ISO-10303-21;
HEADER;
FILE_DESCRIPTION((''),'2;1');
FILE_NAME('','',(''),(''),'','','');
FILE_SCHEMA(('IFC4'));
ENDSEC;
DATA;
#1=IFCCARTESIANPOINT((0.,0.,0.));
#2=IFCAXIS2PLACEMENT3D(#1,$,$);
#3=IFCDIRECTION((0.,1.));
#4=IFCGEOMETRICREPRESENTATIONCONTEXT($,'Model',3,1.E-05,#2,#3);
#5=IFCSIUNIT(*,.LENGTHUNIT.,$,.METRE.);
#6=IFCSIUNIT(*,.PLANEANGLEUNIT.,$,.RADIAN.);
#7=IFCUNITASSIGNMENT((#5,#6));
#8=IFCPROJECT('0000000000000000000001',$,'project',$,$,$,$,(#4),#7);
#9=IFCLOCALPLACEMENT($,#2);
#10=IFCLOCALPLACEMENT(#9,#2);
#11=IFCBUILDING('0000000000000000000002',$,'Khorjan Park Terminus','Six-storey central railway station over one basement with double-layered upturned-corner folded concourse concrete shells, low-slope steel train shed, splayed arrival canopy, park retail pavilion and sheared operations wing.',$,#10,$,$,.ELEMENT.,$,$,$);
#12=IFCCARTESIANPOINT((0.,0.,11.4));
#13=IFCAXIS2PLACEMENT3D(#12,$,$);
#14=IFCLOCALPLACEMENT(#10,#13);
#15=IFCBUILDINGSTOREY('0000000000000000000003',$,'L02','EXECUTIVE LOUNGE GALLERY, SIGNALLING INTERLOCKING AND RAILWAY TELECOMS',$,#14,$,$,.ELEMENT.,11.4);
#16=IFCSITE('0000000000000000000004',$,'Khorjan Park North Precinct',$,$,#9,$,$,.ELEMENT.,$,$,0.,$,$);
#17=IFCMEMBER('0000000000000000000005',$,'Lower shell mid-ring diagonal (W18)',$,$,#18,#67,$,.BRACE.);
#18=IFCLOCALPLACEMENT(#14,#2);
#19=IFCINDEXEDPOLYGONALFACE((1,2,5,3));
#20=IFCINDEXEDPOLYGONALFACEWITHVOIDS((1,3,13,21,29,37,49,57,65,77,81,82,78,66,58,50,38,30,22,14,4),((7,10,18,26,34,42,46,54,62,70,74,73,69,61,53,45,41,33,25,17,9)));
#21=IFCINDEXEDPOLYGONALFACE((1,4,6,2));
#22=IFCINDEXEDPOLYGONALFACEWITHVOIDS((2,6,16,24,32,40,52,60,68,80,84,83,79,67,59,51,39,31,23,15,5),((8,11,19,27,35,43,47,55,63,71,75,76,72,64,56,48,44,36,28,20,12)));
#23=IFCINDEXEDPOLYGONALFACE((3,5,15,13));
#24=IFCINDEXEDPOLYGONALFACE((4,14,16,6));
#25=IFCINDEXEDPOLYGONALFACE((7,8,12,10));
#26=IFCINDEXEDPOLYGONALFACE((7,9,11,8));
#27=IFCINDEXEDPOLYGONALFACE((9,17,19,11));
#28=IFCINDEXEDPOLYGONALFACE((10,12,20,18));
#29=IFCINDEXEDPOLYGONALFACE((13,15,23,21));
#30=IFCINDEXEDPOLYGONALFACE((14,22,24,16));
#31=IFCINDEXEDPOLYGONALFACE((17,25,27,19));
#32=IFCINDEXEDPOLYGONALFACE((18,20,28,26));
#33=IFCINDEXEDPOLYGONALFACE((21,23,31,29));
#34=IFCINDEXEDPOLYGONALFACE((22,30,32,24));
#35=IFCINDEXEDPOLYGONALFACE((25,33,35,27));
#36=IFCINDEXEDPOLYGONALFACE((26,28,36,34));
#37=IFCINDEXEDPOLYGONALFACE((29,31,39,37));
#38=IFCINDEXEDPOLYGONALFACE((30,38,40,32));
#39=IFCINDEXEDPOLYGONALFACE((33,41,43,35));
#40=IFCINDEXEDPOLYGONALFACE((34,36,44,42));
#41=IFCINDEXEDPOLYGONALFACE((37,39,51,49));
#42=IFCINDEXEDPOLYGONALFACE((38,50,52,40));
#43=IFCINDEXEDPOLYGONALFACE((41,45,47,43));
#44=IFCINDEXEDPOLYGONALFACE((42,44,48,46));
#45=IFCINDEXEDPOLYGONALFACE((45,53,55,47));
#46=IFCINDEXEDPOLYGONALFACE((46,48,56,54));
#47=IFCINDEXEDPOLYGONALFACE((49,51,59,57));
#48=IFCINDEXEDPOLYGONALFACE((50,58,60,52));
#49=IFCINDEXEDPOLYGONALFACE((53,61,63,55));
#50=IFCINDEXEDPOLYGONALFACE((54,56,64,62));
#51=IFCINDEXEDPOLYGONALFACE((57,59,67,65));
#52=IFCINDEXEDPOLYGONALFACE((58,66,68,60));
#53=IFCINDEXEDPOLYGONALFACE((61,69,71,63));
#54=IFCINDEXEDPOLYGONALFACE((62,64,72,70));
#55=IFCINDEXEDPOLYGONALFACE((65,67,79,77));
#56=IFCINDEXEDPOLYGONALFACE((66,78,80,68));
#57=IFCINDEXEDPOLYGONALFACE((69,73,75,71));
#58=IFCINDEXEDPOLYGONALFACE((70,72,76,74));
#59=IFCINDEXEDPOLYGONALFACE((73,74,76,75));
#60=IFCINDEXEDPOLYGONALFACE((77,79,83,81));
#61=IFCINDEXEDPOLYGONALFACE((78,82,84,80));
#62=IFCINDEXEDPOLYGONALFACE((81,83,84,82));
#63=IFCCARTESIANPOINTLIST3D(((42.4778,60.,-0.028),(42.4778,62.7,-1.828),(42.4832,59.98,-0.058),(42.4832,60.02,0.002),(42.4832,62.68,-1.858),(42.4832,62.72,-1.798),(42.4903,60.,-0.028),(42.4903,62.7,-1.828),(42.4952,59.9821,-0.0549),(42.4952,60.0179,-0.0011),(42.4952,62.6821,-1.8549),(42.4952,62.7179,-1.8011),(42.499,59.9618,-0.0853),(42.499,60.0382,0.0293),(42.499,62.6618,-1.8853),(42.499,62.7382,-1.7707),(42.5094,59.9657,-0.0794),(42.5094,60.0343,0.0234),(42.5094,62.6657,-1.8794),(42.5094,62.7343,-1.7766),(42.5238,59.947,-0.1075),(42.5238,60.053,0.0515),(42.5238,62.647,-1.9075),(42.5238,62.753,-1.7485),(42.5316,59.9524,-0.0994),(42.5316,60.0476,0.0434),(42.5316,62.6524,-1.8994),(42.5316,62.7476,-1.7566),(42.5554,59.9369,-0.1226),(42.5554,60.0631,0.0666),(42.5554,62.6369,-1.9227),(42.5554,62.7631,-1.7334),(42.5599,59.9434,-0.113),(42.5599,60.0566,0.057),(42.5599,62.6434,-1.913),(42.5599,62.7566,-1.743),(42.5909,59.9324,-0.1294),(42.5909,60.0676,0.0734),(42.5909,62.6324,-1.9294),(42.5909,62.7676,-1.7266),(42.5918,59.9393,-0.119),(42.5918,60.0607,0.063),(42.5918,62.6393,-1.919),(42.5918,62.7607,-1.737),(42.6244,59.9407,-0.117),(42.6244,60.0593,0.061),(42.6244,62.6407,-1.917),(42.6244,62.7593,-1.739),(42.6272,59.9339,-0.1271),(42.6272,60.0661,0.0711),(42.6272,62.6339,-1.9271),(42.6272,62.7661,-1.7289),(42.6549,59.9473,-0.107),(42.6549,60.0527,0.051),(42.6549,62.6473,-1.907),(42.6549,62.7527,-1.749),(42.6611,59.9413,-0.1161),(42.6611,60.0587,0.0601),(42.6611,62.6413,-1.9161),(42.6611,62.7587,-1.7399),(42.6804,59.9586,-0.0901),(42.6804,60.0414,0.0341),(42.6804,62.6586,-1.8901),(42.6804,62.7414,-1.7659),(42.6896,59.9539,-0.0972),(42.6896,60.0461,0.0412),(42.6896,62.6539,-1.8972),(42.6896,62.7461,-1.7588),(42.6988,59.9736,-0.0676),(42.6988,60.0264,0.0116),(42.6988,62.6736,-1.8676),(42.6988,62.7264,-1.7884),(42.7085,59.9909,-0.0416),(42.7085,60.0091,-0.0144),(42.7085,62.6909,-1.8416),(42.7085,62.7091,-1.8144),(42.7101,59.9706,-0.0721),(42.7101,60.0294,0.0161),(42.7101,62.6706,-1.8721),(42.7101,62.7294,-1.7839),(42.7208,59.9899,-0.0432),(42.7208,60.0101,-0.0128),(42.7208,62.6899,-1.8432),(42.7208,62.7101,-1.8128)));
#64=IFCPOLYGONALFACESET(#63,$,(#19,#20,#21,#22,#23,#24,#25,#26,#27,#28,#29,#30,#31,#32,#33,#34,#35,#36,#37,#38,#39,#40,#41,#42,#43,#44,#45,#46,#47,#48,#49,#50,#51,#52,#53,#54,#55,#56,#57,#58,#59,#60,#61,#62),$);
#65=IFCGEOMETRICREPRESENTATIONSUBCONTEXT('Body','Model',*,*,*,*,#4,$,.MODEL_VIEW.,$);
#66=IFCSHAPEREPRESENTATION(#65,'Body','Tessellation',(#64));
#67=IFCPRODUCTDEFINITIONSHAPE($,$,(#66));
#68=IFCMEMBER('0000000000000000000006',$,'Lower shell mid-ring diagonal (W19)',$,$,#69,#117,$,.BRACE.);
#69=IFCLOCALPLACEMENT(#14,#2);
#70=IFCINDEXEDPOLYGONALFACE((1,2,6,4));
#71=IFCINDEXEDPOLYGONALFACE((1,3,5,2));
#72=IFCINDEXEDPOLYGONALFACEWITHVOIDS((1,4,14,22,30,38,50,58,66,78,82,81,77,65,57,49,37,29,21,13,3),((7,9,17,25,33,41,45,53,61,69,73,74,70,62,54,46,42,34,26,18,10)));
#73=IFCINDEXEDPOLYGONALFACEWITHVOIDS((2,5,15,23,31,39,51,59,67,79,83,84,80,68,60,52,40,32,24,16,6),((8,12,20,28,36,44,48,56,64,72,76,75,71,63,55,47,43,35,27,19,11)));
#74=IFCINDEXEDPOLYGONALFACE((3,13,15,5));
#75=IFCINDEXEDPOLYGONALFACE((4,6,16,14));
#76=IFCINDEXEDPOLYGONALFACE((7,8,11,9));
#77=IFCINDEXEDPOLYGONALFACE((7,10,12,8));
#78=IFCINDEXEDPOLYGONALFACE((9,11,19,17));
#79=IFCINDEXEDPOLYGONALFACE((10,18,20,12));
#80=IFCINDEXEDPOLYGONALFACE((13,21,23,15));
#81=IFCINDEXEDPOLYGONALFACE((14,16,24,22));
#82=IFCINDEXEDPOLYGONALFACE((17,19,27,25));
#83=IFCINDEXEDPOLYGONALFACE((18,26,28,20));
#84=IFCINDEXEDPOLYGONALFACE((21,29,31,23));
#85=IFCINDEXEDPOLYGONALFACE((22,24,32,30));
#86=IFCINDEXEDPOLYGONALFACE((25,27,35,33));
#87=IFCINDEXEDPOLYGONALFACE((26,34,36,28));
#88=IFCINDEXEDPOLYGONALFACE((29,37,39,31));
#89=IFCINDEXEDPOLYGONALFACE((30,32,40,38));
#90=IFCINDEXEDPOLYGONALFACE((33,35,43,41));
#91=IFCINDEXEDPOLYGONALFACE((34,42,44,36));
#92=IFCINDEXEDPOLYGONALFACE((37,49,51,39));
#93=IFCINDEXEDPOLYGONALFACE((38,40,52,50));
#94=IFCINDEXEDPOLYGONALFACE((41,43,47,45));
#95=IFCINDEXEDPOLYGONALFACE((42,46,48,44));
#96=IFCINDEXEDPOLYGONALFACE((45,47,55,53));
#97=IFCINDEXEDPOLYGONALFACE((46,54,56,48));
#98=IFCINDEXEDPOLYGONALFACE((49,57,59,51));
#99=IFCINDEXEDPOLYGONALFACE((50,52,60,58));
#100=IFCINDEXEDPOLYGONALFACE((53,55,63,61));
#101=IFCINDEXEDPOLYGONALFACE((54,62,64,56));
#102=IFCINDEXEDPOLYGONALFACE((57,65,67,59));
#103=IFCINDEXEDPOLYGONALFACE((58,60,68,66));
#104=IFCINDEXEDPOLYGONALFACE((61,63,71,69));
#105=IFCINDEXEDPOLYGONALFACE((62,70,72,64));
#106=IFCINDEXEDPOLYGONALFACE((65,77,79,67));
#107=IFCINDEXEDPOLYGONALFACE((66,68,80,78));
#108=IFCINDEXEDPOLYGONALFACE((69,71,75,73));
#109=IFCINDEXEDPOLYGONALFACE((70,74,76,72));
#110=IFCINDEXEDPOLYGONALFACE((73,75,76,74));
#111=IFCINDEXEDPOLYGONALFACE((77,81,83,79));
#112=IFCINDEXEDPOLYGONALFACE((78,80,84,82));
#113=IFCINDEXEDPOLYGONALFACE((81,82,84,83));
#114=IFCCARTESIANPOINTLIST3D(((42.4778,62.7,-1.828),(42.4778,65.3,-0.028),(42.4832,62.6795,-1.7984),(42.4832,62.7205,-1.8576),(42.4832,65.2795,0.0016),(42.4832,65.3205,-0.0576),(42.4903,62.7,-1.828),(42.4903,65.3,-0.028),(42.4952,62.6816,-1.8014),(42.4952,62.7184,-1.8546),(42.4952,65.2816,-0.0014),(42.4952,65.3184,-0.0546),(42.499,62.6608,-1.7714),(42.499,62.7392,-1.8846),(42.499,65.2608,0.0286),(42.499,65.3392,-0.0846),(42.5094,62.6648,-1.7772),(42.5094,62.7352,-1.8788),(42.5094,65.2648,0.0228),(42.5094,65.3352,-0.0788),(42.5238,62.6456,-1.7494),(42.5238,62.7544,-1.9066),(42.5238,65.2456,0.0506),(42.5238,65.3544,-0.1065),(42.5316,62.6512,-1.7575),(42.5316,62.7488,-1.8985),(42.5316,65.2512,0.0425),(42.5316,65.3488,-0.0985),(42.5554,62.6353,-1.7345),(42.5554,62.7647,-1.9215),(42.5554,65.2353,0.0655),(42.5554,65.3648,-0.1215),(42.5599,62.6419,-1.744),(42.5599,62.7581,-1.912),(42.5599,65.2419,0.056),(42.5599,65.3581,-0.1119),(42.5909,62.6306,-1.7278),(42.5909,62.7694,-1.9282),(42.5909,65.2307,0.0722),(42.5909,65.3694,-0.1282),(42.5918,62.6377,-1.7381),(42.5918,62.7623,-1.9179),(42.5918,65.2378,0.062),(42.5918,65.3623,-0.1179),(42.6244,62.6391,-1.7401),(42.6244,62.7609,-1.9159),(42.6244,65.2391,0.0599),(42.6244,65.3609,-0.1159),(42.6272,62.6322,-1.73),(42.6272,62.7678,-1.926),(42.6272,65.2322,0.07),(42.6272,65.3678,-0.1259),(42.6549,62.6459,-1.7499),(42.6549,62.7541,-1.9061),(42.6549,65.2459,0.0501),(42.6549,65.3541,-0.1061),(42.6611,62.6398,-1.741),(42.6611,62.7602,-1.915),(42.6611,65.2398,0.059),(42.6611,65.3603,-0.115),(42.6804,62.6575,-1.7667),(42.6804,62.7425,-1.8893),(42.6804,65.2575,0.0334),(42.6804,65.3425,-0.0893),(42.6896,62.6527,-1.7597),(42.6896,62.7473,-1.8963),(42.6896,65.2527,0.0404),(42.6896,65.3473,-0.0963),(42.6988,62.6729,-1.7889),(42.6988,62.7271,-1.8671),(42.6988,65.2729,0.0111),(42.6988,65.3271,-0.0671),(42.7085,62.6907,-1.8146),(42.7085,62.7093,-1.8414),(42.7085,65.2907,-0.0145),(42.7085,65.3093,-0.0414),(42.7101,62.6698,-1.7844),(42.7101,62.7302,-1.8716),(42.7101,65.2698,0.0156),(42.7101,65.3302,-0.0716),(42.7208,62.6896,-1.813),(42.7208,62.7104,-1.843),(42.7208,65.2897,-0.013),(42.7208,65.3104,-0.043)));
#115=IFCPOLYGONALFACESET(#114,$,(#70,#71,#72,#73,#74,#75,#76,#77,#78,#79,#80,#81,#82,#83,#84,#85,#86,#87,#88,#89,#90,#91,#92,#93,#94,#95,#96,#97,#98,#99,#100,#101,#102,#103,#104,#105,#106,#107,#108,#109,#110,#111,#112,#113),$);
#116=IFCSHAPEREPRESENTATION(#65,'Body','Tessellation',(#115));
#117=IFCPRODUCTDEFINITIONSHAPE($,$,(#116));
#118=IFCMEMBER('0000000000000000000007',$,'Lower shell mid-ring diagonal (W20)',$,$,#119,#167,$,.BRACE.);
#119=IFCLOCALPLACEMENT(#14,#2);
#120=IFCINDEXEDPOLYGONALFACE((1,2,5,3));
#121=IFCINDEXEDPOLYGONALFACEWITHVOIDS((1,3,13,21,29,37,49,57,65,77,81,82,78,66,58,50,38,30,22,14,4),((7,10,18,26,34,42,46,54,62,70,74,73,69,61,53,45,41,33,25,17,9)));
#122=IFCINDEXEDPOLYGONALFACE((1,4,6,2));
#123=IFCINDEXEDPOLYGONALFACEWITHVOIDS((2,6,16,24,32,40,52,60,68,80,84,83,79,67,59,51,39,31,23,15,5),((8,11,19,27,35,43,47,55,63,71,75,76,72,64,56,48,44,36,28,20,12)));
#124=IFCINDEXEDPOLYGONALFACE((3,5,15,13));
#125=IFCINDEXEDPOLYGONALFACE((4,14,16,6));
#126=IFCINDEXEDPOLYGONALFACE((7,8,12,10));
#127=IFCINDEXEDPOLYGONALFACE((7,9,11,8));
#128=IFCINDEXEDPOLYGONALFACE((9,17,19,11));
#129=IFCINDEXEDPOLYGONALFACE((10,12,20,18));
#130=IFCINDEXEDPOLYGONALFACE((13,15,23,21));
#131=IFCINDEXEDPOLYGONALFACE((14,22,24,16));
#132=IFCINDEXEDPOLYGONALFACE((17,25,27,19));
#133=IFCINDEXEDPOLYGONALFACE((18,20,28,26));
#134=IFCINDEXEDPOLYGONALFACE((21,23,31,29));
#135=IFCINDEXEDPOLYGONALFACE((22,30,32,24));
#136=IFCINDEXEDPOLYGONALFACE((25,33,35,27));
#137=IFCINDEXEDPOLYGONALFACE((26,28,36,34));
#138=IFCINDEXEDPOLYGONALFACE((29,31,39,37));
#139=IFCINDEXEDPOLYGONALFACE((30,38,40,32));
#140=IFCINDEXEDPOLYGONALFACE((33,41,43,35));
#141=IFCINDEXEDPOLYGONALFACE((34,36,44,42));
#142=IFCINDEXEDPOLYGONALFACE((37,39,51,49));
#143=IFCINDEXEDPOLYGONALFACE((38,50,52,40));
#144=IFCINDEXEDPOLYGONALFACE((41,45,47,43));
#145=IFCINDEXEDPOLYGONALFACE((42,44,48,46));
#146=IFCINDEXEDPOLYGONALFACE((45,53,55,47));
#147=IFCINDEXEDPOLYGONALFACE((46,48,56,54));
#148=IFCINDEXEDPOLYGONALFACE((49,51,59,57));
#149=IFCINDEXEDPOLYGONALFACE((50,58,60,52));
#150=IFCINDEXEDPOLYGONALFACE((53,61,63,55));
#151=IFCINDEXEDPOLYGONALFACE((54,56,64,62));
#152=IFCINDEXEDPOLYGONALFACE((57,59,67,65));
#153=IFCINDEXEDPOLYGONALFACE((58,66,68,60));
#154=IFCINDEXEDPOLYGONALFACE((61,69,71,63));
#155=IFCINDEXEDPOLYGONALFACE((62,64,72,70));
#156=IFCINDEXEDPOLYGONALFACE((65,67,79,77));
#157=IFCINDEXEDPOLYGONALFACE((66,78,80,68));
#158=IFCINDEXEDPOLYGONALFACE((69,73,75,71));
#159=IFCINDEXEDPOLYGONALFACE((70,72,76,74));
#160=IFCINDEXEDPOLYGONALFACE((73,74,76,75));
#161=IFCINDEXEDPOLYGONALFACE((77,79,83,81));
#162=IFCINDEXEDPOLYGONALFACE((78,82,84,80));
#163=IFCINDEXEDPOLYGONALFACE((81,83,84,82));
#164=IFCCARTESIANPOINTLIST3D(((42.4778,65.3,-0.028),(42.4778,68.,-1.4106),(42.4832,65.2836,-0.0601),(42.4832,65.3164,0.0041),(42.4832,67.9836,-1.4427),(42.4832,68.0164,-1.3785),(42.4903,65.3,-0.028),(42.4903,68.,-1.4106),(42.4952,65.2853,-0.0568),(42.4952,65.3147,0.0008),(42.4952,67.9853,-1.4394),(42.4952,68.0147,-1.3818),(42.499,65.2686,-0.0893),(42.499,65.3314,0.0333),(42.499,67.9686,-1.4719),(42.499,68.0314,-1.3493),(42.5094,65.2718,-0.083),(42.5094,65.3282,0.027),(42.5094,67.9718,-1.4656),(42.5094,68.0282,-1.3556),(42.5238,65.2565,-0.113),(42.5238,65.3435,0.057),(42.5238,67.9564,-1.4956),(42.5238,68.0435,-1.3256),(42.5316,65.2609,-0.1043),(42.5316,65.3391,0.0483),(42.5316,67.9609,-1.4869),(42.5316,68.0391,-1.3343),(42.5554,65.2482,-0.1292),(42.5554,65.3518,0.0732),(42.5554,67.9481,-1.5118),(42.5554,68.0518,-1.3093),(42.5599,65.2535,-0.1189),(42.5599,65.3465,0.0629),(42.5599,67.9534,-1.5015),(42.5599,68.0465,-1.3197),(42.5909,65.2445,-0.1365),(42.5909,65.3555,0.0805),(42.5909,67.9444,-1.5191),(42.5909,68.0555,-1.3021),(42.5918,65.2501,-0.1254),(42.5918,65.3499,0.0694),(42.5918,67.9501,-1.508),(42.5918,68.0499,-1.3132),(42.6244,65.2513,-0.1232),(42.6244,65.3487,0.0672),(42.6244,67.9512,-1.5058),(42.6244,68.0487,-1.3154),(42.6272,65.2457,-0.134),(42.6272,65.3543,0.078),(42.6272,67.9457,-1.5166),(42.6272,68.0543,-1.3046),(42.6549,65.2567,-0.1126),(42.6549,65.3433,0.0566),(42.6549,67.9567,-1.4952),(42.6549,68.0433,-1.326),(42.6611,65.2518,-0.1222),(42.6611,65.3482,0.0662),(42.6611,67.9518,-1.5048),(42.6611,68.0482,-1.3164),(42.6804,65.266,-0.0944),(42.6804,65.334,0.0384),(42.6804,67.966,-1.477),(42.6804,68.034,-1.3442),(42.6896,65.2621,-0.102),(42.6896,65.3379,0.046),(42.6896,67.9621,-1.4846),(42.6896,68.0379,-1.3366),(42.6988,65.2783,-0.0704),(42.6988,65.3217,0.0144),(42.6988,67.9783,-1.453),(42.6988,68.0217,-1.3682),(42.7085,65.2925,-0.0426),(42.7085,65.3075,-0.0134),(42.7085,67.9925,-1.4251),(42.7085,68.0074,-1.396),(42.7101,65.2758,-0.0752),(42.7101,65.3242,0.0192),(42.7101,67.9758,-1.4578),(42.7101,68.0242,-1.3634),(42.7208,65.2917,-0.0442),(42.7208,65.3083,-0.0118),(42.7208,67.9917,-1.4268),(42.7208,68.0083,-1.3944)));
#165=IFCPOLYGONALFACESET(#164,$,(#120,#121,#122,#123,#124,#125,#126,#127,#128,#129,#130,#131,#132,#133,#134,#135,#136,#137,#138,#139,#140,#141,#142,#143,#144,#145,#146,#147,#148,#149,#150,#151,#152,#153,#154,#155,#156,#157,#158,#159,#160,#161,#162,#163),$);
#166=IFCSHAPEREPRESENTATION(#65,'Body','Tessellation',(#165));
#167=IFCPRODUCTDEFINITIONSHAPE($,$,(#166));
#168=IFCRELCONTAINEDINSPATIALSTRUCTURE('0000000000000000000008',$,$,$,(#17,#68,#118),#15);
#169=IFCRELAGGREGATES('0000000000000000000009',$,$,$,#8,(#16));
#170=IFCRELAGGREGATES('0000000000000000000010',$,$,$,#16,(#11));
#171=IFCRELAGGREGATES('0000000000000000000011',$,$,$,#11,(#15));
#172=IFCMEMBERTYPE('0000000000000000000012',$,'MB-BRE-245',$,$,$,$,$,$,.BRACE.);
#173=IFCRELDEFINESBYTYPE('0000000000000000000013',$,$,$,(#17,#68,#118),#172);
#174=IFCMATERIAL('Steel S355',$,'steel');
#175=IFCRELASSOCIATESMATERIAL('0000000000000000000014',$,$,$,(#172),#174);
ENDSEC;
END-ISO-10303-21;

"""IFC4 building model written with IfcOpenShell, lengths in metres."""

from ifc_helpers import new_model, si_unit, direction, frame, origin, origin_2d, place, context, subcontext, project, spatial, hollow_circle, extrude, material, material_profile, profile_set, type_object, element, save


model = new_model("IFC4")

# Units and contexts
model_context = context("Model", 3, precision=1e-05, world=origin(), true_north=direction((0.0, 1.0)))
body_context = subcontext(model_context, "Body", "Model", "MODEL_VIEW")
ifc_project = project(units=[si_unit("LENGTHUNIT", "METRE"), si_unit("PLANEANGLEUNIT", "RADIAN")], contexts=[model_context])

# Site, building, storey
site_placement = place(None, origin())
site = spatial("IfcSite", under=ifc_project, at=site_placement, Name="Khorjan Park North Precinct", CompositionType="ELEMENT", RefElevation=0.0)
building_placement = place(site_placement, origin())
building = spatial("IfcBuilding", under=site, at=building_placement, Name="Khorjan Park Terminus", Description="Six-storey central railway station over one basement with double-layered upturned-corner folded concourse concrete shells, low-slope steel train shed, splayed arrival canopy, park retail pavilion and sheared operations wing.", CompositionType="ELEMENT")
storey_placement = place(building_placement, frame((0.0, 0.0, 11.4)))
storey = spatial("IfcBuildingStorey", under=building, at=storey_placement, Name="L02", Description="EXECUTIVE LOUNGE GALLERY, SIGNALLING INTERLOCKING AND RAILWAY TELECOMS", CompositionType="ELEMENT", Elevation=11.4)

# Members
ifc_material_1 = material(Name="Steel S355", Category="steel")
ifc_material_profile_1 = material_profile(ifc_material_1, hollow_circle(Radius=0.1222, WallThickness=0.0125, at=origin_2d()), Name="CHS 244.5x12.5")
ifc_profile_set_1 = profile_set([ifc_material_profile_1], Name="Steel S355")
member_type_1 = type_object("IfcMemberType", Name="MB-BRE-245", PredefinedType="BRACE", material=ifc_profile_set_1)
member_1_placement = place(storey_placement, frame((42.6, 60.0, -0.028), z_axis=(0.0, 0.83205, -0.5547), x_axis=(-1.0, 0.0, 0.0)))
element("IfcMember", 1, at=member_1_placement, inside=storey, type_object=member_type_1, Name="Lower shell mid-ring diagonal (W18)", PredefinedType="BRACE", context=body_context, shape_type="SweptSolid", body=[
    extrude(hollow_circle(Radius=0.1222, WallThickness=0.0125, at=origin_2d()), origin(), (0.0, 0.0, 1.0), 3.245),
])
member_2_placement = place(storey_placement, frame((42.6, 62.7, -1.828), z_axis=(0.0, 0.822192, 0.56921), x_axis=(-1.0, 0.0, 0.0)))
element("IfcMember", 2, at=member_2_placement, inside=storey, type_object=member_type_1, Name="Lower shell mid-ring diagonal (W19)", PredefinedType="BRACE", context=body_context, shape_type="SweptSolid", body=[
    extrude(hollow_circle(Radius=0.1222, WallThickness=0.0125, at=origin_2d()), origin(), (0.0, 0.0, 1.0), 3.1623),
])
member_3_placement = place(storey_placement, frame((42.6, 65.3, -0.028), z_axis=(0.0, 0.890087, -0.455791), x_axis=(-1.0, 0.0, 0.0)))
element("IfcMember", 3, at=member_3_placement, inside=storey, type_object=member_type_1, Name="Lower shell mid-ring diagonal (W20)", PredefinedType="BRACE", context=body_context, shape_type="SweptSolid", body=[
    extrude(hollow_circle(Radius=0.1222, WallThickness=0.0125, at=origin_2d()), origin(), (0.0, 0.0, 1.0), 3.0334),
])

save(model, "model.ifc")
